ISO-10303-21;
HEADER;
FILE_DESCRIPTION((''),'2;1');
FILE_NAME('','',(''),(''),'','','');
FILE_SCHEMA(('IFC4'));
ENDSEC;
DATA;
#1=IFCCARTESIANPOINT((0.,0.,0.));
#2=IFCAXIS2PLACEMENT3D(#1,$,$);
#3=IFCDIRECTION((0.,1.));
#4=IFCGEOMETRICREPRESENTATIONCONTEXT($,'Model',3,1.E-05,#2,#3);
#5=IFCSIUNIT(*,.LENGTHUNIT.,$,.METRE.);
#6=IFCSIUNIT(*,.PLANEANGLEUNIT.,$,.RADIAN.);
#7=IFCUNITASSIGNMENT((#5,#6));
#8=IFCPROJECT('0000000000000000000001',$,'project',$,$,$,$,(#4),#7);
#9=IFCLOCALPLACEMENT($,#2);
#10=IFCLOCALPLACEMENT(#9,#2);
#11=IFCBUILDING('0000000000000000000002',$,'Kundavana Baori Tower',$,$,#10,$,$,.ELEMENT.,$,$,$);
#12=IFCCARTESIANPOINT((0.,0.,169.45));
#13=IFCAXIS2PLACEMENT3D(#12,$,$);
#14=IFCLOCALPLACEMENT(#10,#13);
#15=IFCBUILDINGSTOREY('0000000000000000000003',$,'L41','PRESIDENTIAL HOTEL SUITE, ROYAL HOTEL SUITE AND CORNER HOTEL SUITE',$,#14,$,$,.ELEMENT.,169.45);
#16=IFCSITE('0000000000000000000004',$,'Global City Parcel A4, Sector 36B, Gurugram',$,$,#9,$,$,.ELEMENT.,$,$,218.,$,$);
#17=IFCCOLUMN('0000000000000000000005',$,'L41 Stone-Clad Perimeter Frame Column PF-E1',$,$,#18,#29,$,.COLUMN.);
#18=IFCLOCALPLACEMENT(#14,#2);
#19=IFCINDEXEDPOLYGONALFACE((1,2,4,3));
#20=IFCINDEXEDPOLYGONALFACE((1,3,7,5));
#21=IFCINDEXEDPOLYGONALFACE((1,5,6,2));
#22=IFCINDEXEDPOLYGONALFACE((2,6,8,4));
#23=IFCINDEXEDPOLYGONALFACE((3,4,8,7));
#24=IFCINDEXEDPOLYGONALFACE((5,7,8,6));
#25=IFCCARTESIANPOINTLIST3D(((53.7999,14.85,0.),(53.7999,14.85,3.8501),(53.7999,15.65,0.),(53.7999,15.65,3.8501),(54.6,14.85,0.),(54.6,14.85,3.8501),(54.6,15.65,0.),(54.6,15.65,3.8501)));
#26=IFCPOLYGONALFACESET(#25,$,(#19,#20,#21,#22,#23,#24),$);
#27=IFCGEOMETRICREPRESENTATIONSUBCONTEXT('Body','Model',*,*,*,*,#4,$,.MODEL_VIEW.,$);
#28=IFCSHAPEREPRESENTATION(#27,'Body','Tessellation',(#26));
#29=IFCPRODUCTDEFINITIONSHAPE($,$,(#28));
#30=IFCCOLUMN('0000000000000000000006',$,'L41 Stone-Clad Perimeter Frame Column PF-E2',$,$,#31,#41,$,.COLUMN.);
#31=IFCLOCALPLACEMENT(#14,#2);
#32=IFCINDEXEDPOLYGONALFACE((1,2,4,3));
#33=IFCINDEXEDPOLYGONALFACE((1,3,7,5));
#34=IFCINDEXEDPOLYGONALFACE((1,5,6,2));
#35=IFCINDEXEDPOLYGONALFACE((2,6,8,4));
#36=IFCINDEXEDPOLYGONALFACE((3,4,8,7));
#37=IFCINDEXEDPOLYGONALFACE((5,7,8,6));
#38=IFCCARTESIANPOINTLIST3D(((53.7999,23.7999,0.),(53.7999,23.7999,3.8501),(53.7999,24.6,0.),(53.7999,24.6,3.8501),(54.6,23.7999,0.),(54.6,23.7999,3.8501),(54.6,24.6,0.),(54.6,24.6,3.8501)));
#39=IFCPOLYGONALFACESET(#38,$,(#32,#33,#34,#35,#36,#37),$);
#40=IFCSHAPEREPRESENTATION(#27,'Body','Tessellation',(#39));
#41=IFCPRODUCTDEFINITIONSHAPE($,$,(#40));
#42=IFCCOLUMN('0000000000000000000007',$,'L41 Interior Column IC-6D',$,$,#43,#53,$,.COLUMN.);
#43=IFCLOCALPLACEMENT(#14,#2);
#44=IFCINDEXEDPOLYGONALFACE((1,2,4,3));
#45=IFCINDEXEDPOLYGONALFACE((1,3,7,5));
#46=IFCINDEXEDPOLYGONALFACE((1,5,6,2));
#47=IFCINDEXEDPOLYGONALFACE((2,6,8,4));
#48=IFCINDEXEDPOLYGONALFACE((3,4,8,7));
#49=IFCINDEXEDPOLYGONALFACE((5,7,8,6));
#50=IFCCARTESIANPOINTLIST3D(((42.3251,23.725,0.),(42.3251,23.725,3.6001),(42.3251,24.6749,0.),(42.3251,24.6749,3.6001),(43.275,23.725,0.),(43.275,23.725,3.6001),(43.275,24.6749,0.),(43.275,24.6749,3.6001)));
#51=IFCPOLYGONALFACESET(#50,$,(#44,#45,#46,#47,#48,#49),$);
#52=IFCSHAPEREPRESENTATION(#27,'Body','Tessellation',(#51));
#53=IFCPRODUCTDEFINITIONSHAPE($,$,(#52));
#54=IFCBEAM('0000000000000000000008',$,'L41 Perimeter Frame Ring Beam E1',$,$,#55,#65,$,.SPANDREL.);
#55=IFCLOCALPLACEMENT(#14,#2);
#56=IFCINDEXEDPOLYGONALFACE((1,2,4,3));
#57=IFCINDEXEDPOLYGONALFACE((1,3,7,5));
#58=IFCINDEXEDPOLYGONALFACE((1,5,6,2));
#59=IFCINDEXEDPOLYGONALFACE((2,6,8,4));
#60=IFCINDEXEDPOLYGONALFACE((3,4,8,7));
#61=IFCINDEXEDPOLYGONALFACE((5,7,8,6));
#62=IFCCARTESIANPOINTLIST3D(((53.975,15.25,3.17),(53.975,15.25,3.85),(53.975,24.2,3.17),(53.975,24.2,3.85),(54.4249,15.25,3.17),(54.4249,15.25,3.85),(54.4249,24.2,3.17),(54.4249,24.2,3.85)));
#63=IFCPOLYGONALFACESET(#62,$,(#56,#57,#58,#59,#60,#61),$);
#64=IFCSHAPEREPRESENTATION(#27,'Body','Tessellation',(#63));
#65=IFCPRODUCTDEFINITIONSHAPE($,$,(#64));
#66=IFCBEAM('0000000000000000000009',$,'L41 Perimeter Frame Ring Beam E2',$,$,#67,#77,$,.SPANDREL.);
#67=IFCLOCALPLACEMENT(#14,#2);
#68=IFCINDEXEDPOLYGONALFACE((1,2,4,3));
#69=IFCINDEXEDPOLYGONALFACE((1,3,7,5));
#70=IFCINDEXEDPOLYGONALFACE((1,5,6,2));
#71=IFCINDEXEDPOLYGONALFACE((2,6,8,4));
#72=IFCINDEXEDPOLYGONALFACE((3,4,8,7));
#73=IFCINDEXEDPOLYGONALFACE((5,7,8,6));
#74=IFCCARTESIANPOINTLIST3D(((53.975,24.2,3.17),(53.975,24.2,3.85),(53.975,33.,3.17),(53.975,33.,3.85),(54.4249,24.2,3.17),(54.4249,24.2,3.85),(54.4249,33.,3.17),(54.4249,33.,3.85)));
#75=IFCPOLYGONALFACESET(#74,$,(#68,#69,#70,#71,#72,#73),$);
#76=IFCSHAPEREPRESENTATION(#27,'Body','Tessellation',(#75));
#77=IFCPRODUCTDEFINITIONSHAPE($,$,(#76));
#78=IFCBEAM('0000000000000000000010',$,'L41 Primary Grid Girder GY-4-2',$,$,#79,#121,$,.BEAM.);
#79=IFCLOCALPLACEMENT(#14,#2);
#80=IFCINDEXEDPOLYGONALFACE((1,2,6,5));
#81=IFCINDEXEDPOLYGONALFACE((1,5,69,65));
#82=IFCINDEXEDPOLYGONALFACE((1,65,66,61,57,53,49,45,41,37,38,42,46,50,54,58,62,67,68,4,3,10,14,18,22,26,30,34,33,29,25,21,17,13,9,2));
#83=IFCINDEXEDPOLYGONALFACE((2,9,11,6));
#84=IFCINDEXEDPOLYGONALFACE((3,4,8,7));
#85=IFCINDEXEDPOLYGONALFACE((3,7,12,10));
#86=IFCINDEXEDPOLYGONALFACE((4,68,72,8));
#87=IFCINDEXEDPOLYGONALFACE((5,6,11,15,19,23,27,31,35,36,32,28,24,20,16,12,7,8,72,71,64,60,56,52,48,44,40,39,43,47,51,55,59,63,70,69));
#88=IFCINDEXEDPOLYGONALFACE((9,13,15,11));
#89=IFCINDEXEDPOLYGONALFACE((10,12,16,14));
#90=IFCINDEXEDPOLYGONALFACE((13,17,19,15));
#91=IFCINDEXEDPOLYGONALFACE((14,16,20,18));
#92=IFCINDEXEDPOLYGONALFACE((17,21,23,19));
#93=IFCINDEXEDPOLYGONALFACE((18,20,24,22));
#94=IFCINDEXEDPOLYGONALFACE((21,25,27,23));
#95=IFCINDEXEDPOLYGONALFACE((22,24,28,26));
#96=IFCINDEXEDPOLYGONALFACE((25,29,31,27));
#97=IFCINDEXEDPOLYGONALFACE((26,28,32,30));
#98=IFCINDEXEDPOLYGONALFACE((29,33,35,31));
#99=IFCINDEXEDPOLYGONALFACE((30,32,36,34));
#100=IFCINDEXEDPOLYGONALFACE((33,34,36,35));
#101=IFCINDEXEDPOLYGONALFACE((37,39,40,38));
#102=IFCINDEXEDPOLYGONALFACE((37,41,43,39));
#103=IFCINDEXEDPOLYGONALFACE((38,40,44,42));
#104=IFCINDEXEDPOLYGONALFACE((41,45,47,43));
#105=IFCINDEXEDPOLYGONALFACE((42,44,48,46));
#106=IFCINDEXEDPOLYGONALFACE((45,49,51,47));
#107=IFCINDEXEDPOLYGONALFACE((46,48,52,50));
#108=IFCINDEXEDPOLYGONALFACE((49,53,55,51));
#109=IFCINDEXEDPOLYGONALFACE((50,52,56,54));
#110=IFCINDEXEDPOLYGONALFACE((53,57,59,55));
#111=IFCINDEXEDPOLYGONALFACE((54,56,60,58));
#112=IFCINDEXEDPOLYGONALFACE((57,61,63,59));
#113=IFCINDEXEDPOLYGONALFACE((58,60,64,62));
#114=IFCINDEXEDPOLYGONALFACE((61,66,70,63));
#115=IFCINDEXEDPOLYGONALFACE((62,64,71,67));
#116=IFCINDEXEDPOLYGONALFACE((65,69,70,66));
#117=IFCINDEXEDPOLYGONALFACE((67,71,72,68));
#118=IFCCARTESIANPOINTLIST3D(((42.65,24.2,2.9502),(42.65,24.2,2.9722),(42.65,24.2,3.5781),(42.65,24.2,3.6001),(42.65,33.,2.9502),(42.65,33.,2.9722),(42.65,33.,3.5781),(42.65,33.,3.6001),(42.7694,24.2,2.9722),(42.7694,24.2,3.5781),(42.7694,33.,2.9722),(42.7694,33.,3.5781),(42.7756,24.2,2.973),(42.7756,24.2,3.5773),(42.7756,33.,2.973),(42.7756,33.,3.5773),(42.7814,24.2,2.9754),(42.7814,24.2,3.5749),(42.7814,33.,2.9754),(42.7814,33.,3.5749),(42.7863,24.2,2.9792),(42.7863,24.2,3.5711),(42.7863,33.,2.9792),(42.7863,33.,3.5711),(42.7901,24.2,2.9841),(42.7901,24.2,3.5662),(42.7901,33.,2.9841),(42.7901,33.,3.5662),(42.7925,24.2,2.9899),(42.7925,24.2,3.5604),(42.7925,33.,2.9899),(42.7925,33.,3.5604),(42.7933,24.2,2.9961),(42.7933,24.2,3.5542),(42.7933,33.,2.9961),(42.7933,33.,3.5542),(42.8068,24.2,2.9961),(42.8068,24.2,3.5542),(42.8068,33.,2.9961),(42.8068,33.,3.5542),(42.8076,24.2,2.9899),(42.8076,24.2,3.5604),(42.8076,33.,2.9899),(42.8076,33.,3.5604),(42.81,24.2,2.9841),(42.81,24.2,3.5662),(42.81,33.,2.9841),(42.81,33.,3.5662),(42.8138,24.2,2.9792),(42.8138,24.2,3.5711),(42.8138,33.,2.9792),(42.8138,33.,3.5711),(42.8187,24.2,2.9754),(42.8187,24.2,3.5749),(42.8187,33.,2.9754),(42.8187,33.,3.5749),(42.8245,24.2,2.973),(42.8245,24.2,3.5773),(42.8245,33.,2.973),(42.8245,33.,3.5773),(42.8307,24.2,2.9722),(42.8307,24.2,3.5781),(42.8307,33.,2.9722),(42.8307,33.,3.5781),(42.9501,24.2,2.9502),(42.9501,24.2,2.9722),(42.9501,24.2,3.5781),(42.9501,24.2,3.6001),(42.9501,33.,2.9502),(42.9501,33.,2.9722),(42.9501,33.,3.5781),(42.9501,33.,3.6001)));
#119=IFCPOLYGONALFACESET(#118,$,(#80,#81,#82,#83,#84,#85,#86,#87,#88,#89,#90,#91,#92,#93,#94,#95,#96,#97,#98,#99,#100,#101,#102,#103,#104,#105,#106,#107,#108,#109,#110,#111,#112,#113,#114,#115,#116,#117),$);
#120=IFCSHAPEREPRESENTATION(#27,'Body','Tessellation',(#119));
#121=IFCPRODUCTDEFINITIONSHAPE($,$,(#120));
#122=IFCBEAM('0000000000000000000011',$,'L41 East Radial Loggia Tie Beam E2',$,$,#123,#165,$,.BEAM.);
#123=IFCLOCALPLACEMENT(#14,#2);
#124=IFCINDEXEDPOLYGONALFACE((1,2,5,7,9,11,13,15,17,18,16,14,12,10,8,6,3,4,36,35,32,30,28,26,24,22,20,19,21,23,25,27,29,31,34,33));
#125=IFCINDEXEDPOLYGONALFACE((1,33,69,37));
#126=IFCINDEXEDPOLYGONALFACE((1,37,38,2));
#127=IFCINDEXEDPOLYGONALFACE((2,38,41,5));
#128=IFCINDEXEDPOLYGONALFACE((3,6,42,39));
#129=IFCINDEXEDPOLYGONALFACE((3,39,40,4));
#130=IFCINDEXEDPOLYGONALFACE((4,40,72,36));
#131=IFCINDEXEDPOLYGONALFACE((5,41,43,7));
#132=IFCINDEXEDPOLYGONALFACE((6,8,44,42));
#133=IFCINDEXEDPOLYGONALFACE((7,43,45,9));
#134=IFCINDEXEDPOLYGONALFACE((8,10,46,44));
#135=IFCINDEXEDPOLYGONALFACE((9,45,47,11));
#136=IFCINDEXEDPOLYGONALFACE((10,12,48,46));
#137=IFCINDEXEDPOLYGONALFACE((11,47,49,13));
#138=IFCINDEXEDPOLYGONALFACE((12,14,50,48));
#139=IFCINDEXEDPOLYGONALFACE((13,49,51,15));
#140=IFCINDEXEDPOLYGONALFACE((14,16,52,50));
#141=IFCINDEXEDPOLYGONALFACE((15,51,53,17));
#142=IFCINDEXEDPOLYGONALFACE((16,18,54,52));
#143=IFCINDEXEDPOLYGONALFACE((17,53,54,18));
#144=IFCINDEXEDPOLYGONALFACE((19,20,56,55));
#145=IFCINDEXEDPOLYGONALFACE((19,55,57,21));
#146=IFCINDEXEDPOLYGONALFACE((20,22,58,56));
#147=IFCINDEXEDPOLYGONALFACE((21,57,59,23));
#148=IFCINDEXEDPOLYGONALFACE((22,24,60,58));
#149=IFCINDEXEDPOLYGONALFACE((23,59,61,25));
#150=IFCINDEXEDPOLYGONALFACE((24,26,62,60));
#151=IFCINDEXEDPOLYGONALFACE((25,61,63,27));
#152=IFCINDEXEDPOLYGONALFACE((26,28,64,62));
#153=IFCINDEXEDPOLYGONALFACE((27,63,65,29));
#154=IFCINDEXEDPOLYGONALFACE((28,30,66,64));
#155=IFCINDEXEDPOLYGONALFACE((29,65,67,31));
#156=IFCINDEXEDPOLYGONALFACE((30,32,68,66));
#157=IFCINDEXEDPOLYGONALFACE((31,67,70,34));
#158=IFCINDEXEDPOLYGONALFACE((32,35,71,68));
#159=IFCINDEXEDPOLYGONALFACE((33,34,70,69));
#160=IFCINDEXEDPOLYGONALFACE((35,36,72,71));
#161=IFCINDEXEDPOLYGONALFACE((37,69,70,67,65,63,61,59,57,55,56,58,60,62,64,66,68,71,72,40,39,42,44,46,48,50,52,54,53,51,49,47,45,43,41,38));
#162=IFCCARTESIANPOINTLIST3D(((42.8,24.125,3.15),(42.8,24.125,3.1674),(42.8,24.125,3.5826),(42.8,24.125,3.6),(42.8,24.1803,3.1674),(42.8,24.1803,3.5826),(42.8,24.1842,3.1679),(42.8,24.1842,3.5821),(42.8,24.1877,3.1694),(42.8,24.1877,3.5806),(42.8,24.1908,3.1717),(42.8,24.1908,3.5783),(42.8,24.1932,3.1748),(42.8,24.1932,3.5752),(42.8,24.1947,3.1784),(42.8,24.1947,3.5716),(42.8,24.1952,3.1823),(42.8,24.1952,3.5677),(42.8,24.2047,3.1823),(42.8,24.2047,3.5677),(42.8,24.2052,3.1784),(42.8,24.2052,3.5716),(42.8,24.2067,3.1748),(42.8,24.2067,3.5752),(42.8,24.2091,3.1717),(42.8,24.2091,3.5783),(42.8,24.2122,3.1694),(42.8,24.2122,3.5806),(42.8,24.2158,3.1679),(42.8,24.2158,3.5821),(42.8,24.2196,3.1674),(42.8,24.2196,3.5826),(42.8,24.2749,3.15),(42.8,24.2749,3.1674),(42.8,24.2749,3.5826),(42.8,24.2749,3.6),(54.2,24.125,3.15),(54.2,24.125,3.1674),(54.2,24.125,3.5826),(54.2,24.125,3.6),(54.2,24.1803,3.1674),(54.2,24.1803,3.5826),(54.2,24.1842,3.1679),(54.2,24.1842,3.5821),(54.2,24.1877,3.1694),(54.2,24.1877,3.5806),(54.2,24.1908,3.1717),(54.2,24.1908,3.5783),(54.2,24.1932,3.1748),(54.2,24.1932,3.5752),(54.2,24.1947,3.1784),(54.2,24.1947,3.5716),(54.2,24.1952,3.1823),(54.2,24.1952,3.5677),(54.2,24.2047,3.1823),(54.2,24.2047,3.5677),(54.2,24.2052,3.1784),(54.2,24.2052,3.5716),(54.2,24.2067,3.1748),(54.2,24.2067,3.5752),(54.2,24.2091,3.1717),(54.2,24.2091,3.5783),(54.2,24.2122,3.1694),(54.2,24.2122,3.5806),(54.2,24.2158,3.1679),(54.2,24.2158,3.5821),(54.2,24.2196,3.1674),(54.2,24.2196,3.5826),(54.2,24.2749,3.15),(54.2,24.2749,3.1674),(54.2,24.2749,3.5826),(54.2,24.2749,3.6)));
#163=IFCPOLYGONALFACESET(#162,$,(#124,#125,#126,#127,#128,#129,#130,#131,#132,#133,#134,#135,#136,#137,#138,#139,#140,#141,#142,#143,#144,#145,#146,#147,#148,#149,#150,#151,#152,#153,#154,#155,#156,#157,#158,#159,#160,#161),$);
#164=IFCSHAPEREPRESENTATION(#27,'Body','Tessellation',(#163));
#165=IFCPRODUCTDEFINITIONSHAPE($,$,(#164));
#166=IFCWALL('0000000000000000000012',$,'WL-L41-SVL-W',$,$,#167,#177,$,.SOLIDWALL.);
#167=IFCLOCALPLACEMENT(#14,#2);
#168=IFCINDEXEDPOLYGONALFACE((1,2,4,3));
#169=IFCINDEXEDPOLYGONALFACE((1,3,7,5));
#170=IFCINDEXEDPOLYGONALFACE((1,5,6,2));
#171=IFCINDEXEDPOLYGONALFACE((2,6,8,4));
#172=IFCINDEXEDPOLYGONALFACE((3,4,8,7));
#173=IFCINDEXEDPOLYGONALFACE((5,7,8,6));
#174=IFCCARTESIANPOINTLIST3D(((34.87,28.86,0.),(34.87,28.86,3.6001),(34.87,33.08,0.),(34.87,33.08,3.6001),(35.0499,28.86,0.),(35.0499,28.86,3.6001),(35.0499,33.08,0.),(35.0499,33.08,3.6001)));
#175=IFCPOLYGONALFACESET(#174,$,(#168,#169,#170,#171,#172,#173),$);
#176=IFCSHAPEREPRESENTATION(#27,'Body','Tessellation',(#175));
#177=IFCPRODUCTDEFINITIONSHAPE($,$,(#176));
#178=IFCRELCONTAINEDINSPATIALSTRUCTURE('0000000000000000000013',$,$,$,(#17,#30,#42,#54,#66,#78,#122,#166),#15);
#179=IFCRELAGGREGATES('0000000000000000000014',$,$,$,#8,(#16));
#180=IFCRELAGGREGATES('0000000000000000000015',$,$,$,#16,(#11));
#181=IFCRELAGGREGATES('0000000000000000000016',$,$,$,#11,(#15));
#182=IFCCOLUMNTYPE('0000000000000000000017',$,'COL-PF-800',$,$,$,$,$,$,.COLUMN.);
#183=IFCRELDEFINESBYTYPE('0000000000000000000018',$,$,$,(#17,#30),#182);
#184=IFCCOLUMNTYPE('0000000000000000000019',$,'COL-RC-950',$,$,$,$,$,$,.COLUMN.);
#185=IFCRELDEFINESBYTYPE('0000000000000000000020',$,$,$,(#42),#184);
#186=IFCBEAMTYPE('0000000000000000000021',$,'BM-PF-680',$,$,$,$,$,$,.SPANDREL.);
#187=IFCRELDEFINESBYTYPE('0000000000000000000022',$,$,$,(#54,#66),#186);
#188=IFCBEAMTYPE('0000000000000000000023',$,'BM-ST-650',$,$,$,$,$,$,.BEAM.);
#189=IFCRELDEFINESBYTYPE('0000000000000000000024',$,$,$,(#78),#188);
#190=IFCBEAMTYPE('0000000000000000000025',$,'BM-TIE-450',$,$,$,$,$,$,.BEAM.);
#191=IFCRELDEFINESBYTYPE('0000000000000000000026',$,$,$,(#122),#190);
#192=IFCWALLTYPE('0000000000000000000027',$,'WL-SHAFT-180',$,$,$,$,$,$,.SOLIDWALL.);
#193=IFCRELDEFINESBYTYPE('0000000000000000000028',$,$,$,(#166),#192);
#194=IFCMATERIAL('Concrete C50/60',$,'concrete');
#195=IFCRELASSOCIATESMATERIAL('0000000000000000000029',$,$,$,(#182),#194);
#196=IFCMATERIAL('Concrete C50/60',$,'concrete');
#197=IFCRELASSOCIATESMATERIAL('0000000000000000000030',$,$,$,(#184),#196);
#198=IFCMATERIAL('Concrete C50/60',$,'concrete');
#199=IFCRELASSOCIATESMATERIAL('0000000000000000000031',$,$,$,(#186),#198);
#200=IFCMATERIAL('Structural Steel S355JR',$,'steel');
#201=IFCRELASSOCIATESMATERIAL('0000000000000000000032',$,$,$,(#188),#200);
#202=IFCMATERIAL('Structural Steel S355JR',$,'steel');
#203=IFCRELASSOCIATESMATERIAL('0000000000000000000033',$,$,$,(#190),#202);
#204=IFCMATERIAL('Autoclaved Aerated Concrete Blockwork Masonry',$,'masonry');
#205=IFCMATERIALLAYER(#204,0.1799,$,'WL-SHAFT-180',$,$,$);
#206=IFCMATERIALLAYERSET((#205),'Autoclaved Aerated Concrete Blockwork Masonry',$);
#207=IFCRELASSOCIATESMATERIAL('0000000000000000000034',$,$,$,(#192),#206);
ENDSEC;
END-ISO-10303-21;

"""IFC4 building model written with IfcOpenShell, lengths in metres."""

from ifc_helpers import new_model, si_unit, direction, frame, frame_2d, origin, origin_2d, place, context, subcontext, project, spatial, rectangle, i_section, extrude, material, layer, layer_set, material_profile, profile_set, type_object, element, save


model = new_model("IFC4")

# Units and contexts
model_context = context("Model", 3, precision=1e-05, world=origin(), true_north=direction((0.0, 1.0)))
body_context = subcontext(model_context, "Body", "Model", "MODEL_VIEW")
ifc_project = project(units=[si_unit("LENGTHUNIT", "METRE"), si_unit("PLANEANGLEUNIT", "RADIAN")], contexts=[model_context])

# Site, building, storey
site_placement = place(None, origin())
site = spatial("IfcSite", under=ifc_project, at=site_placement, Name="Global City Parcel A4, Sector 36B, Gurugram", CompositionType="ELEMENT", RefElevation=218.0)
building_placement = place(site_placement, origin())
building = spatial("IfcBuilding", under=site, at=building_placement, Name="Kundavana Baori Tower", CompositionType="ELEMENT")
storey_placement = place(building_placement, frame((0.0, 0.0, 169.45)))
storey = spatial("IfcBuildingStorey", under=building, at=storey_placement, Name="L41", Description="PRESIDENTIAL HOTEL SUITE, ROYAL HOTEL SUITE AND CORNER HOTEL SUITE", CompositionType="ELEMENT", Elevation=169.45)

# Columns
ifc_material_1 = material(Name="Concrete C50/60", Category="concrete")
ifc_material_profile_1 = material_profile(ifc_material_1, rectangle(XDim=0.8, YDim=0.8, at=origin_2d()), Name="RC PF 800x800")
ifc_profile_set_1 = profile_set([ifc_material_profile_1], Name="Concrete C50/60")
column_type_1 = type_object("IfcColumnType", Name="COL-PF-800", PredefinedType="COLUMN", material=ifc_profile_set_1)
for number, where, z_axis, x_axis, name in (
    (1, (54.2, 15.25, 0.0), (0.0, 0.0, 1.0), (1.0, 0.0, 0.0), "L41 Stone-Clad Perimeter Frame Column PF-E1"),
    (2, (54.2, 24.2, 0.0), (0.0, 0.0, 1.0), (1.0, 0.0, 0.0), "L41 Stone-Clad Perimeter Frame Column PF-E2"),
):
    element("IfcColumn", number, at=place(storey_placement, frame(where, z_axis=z_axis, x_axis=x_axis)), inside=storey, type_object=column_type_1, Name=name, PredefinedType="COLUMN", context=body_context, shape_type="SweptSolid", body=[
        extrude(rectangle(XDim=0.8, YDim=0.8, at=origin_2d()), origin(), (0.0, 0.0, 1.0), 3.8501),
    ])
ifc_material_2 = material(Name="Concrete C50/60", Category="concrete")
ifc_material_profile_2 = material_profile(ifc_material_2, rectangle(XDim=0.95, YDim=0.95, at=origin_2d()), Name="RC 950x950")
ifc_profile_set_2 = profile_set([ifc_material_profile_2], Name="Concrete C50/60")
column_type_2 = type_object("IfcColumnType", Name="COL-RC-950", PredefinedType="COLUMN", material=ifc_profile_set_2)
column_placement = place(storey_placement, frame((42.8, 24.2, 0.0), z_axis=(0.0, 0.0, 1.0), x_axis=(1.0, 0.0, 0.0)))
element("IfcColumn", 3, at=column_placement, inside=storey, type_object=column_type_2, Name="L41 Interior Column IC-6D", PredefinedType="COLUMN", context=body_context, shape_type="SweptSolid", body=[
    extrude(rectangle(XDim=0.95, YDim=0.95, at=origin_2d()), origin(), (0.0, 0.0, 1.0), 3.6001),
])

# Beams
ifc_material_3 = material(Name="Concrete C50/60", Category="concrete")
ifc_material_profile_3 = material_profile(ifc_material_3, rectangle(XDim=0.45, YDim=0.6799, at=origin_2d()), Name="RC BM 450x680")
ifc_profile_set_3 = profile_set([ifc_material_profile_3], Name="Concrete C50/60")
beam_type_1 = type_object("IfcBeamType", Name="BM-PF-680", PredefinedType="SPANDREL", material=ifc_profile_set_3)
beam_1_placement = place(storey_placement, frame((54.2, 15.25, 3.51), z_axis=(0.0, 1.0, 0.0), x_axis=(-1.0, 0.0, 0.0)))
element("IfcBeam", 4, at=beam_1_placement, inside=storey, type_object=beam_type_1, Name="L41 Perimeter Frame Ring Beam E1", PredefinedType="SPANDREL", context=body_context, shape_type="SweptSolid", body=[
    extrude(rectangle(XDim=0.45, YDim=0.6799, at=origin_2d()), origin(), (0.0, 0.0, 1.0), 8.95),
])
beam_2_placement = place(storey_placement, frame((54.2, 24.2, 3.51), z_axis=(0.0, 1.0, 0.0), x_axis=(-1.0, 0.0, 0.0)))
element("IfcBeam", 5, at=beam_2_placement, inside=storey, type_object=beam_type_1, Name="L41 Perimeter Frame Ring Beam E2", PredefinedType="SPANDREL", context=body_context, shape_type="SweptSolid", body=[
    extrude(rectangle(XDim=0.45, YDim=0.6799, at=origin_2d()), origin(), (0.0, 0.0, 1.0), 8.8),
])
ifc_material_4 = material(Name="Structural Steel S355JR", Category="steel")
ifc_material_profile_4 = material_profile(ifc_material_4, i_section(OverallWidth=0.3, OverallDepth=0.6499, WebThickness=0.0134, FlangeThickness=0.022, FilletRadius=0.0239, at=origin_2d()), Name="NPB 650x300x155")
ifc_profile_set_4 = profile_set([ifc_material_profile_4], Name="Structural Steel S355JR")
beam_type_2 = type_object("IfcBeamType", Name="BM-ST-650", PredefinedType="BEAM", material=ifc_profile_set_4)
beam_3_placement = place(storey_placement, frame((42.8, 24.2, 3.2751), z_axis=(0.0, 1.0, 0.0), x_axis=(-1.0, 0.0, 0.0)))
element("IfcBeam", 6, at=beam_3_placement, inside=storey, type_object=beam_type_2, Name="L41 Primary Grid Girder GY-4-2", PredefinedType="BEAM", context=body_context, shape_type="SweptSolid", body=[
    extrude(i_section(OverallWidth=0.3, OverallDepth=0.6499, WebThickness=0.0134, FlangeThickness=0.022, FilletRadius=0.0239, at=origin_2d()), origin(), (0.0, 0.0, 1.0), 8.8),
])
ifc_material_5 = material(Name="Structural Steel S355JR", Category="steel")
ifc_material_profile_5 = material_profile(ifc_material_5, i_section(OverallWidth=0.1499, OverallDepth=0.45, WebThickness=0.0095, FlangeThickness=0.0173, FilletRadius=0.0149, at=origin_2d()), Name="ISMB 450")
ifc_profile_set_5 = profile_set([ifc_material_profile_5], Name="Structural Steel S355JR")
beam_type_3 = type_object("IfcBeamType", Name="BM-TIE-450", PredefinedType="BEAM", material=ifc_profile_set_5)
beam_4_placement = place(storey_placement, frame((42.8, 24.2, 3.375), z_axis=(1.0, 0.0, 0.0), x_axis=(0.0, 1.0, 0.0)))
element("IfcBeam", 7, at=beam_4_placement, inside=storey, type_object=beam_type_3, Name="L41 East Radial Loggia Tie Beam E2", PredefinedType="BEAM", context=body_context, shape_type="SweptSolid", body=[
    extrude(i_section(OverallWidth=0.1499, OverallDepth=0.45, WebThickness=0.0095, FlangeThickness=0.0173, FilletRadius=0.0149, at=origin_2d()), origin(), (0.0, 0.0, 1.0), 11.3999),
])

# Wall
ifc_material_6 = material(Name="Autoclaved Aerated Concrete Blockwork Masonry", Category="masonry")
ifc_layer_1 = layer(ifc_material_6, 0.1799, Name="WL-SHAFT-180")
ifc_layer_set_1 = layer_set([ifc_layer_1], Name="Autoclaved Aerated Concrete Blockwork Masonry")
wall_type_1 = type_object("IfcWallType", Name="WL-SHAFT-180", PredefinedType="SOLIDWALL", material=ifc_layer_set_1)
wall_1_placement = place(storey_placement, frame((34.96, 28.8601, 0.0), z_axis=(0.0, 0.0, 1.0), x_axis=(0.0, 1.0, 0.0)))
element("IfcWall", 8, at=wall_1_placement, inside=storey, type_object=wall_type_1, Name="WL-L41-SVL-W", PredefinedType="SOLIDWALL", context=body_context, shape_type="SweptSolid", body=[
    extrude(rectangle(XDim=4.22, YDim=0.1799, at=frame_2d((2.1099, 0.0))), origin(), (0.0, 0.0, 1.0), 3.6001),
])

save(model, "model.ifc")
